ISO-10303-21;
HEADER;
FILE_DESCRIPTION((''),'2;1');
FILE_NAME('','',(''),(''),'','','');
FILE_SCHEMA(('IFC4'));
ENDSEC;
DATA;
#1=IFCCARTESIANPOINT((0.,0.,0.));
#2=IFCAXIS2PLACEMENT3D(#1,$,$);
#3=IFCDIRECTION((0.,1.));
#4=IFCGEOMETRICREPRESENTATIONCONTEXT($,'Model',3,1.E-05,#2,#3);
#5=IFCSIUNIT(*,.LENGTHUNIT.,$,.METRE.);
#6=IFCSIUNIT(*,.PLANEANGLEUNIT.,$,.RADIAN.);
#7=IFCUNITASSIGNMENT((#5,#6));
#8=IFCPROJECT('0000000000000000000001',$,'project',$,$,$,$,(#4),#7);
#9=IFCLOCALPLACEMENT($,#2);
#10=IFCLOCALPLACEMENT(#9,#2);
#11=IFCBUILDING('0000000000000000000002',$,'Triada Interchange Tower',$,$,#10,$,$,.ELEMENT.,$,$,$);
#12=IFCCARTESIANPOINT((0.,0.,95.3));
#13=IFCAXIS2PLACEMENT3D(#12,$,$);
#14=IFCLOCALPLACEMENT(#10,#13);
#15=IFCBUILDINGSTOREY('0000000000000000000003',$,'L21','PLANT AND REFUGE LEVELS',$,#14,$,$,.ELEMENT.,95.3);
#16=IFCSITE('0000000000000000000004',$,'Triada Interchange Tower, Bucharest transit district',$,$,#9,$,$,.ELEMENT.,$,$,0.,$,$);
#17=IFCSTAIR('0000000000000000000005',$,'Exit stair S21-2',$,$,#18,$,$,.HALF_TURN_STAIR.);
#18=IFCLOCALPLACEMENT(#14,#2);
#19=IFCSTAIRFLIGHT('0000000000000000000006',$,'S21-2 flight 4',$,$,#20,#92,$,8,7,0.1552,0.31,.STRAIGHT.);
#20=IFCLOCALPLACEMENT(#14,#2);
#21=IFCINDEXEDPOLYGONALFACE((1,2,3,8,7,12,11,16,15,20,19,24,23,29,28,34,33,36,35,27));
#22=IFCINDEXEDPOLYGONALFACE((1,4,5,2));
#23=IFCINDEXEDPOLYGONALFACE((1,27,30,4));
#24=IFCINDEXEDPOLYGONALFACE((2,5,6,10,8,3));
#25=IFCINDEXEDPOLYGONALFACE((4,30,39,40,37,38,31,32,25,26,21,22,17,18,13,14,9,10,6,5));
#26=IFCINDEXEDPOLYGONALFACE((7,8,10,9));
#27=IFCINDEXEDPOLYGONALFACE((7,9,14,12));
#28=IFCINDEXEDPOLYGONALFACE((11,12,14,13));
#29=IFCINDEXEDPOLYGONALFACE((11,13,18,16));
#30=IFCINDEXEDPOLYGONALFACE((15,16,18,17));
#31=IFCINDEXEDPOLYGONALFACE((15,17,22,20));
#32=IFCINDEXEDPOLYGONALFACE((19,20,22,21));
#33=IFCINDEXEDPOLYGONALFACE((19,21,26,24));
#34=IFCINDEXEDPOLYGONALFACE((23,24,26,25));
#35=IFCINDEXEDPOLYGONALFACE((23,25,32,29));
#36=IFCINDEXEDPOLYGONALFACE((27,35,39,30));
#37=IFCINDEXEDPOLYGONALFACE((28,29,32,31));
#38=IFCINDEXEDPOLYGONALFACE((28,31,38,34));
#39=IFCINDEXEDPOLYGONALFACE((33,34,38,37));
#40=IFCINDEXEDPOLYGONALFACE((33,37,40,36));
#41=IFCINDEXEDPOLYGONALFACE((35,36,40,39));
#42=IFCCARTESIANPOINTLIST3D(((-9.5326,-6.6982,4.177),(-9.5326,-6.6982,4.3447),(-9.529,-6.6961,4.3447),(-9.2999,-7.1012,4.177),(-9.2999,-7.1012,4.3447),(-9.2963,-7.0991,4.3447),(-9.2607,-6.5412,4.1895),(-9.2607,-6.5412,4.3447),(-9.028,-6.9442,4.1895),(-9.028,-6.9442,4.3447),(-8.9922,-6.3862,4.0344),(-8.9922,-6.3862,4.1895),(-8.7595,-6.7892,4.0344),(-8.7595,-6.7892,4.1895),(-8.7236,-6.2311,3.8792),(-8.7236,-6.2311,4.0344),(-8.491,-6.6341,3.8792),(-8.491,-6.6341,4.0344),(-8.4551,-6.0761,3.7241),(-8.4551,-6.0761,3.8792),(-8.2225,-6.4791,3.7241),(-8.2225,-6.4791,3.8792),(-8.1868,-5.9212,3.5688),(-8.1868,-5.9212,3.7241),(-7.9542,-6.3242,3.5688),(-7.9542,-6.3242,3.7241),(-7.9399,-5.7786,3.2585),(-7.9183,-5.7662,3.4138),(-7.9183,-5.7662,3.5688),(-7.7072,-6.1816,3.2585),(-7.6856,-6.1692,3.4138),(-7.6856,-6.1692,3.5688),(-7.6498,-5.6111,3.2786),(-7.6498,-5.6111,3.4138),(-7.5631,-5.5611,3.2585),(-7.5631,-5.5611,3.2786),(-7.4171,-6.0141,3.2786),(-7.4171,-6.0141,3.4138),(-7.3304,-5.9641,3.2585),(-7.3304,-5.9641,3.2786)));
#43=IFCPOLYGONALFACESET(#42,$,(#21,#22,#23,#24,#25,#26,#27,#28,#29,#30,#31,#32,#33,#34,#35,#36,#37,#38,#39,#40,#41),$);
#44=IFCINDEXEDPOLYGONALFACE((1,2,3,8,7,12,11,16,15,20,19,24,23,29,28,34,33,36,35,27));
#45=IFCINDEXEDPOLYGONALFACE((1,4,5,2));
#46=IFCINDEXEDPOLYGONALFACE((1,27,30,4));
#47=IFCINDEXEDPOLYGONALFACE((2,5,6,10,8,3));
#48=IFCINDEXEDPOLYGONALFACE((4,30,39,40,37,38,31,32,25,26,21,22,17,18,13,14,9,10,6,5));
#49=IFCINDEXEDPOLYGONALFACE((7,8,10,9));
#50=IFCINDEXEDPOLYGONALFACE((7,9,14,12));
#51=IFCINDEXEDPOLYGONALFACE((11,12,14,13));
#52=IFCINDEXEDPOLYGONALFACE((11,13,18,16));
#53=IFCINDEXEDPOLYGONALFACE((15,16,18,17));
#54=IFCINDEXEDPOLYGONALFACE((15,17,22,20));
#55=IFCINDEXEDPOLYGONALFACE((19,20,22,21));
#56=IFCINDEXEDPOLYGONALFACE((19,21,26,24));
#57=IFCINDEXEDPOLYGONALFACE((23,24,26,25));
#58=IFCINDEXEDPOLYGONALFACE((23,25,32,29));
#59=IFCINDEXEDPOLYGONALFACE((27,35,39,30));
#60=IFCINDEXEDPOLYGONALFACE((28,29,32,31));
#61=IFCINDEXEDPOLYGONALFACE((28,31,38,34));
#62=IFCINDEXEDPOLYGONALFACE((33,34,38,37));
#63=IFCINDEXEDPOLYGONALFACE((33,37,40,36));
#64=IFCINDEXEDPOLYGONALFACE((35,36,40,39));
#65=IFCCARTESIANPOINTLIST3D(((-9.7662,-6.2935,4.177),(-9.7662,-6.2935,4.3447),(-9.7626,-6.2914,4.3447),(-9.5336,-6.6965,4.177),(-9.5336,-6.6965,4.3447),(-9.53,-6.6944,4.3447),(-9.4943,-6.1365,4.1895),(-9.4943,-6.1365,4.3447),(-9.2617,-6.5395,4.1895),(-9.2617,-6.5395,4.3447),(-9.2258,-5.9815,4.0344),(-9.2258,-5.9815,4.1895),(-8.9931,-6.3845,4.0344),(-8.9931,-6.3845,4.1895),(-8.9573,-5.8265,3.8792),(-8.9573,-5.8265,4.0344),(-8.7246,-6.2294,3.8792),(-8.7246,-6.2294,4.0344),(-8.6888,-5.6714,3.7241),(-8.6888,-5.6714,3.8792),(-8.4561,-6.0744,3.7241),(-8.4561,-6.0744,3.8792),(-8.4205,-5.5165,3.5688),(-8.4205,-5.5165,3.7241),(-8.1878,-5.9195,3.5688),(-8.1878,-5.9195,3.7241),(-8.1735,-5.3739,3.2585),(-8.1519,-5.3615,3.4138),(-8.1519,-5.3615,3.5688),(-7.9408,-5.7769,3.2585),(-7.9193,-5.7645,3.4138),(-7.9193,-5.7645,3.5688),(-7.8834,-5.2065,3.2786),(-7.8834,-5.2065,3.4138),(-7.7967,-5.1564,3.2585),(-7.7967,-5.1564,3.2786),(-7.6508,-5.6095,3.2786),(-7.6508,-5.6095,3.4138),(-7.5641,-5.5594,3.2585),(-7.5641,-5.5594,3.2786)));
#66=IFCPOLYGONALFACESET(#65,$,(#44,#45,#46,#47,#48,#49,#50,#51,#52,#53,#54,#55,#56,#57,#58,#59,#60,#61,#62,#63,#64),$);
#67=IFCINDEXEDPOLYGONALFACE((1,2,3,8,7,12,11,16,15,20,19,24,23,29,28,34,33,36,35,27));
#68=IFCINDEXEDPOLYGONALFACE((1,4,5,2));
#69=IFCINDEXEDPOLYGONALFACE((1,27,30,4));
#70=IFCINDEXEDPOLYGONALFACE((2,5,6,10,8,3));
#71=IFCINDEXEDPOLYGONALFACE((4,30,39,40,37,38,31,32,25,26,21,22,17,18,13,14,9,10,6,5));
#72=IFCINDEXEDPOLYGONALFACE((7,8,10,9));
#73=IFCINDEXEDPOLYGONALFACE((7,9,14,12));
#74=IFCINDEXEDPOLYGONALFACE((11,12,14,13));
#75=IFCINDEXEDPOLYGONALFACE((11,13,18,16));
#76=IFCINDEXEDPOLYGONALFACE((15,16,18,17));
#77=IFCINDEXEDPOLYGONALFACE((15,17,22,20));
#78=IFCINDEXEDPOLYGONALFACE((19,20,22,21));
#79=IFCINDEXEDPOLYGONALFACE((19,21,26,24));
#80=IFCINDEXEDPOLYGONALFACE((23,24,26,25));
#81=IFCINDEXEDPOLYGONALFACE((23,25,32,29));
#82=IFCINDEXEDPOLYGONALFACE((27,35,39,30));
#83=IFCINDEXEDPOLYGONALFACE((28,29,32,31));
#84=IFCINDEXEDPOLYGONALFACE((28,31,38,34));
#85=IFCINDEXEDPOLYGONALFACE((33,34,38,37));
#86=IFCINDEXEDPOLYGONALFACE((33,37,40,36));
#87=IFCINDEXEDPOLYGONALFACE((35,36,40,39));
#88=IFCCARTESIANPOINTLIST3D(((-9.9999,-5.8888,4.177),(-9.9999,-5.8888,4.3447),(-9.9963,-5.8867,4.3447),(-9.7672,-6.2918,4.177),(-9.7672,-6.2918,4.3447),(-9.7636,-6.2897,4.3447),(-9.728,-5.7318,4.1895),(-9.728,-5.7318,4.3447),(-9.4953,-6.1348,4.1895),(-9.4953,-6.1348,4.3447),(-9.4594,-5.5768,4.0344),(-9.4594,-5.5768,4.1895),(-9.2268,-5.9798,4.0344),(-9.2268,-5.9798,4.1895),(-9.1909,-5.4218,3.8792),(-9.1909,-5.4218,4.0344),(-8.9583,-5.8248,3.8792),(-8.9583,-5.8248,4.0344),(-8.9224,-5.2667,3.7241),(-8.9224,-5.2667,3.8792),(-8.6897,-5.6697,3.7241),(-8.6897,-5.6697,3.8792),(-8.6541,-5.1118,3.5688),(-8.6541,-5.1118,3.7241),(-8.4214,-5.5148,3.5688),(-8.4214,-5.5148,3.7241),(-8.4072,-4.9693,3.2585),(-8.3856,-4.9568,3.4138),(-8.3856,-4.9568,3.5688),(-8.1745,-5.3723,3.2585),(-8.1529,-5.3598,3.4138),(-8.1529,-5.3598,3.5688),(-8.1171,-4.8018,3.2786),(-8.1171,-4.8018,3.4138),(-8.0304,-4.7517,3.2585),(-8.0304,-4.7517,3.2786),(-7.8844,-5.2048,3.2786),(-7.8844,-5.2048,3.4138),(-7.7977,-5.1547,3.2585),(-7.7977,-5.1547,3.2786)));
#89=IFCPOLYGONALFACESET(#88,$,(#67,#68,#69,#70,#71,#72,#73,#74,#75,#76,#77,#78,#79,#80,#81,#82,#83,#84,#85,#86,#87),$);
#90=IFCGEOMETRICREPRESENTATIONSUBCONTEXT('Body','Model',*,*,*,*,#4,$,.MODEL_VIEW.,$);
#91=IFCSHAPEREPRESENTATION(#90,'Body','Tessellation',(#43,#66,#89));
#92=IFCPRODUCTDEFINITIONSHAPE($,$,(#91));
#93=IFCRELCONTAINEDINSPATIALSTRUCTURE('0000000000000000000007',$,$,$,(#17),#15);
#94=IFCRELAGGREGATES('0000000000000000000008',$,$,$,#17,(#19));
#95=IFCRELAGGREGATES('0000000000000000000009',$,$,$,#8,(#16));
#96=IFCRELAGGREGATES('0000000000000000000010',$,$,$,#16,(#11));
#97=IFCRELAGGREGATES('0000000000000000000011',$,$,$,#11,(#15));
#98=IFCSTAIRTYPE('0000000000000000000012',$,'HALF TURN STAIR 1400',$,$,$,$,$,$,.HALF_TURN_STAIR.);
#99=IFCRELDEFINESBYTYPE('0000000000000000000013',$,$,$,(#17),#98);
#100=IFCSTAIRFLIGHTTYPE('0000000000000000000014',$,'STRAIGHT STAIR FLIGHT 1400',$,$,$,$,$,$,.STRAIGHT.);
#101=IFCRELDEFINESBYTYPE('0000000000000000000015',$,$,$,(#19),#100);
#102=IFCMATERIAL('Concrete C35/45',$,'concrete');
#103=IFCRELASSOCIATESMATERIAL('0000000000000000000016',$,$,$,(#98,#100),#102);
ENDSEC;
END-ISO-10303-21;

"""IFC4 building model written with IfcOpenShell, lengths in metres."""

from ifc_helpers import new_model, si_unit, direction, frame, origin, place, context, subcontext, project, spatial, polyline, outline, extrude, material, type_object, element, aggregate, save


model = new_model("IFC4")

# Units and contexts
model_context = context("Model", 3, precision=1e-05, world=origin(), true_north=direction((0.0, 1.0)))
body_context = subcontext(model_context, "Body", "Model", "MODEL_VIEW")
ifc_project = project(units=[si_unit("LENGTHUNIT", "METRE"), si_unit("PLANEANGLEUNIT", "RADIAN")], contexts=[model_context])

# Site, building, storey
site_placement = place(None, origin())
site = spatial("IfcSite", under=ifc_project, at=site_placement, Name="Triada Interchange Tower, Bucharest transit district", CompositionType="ELEMENT", RefElevation=0.0)
building_placement = place(site_placement, origin())
building = spatial("IfcBuilding", under=site, at=building_placement, Name="Triada Interchange Tower", CompositionType="ELEMENT")
storey_placement = place(building_placement, frame((0.0, 0.0, 95.3)))
storey = spatial("IfcBuildingStorey", under=building, at=storey_placement, Name="L21", Description="PLANT AND REFUGE LEVELS", CompositionType="ELEMENT", Elevation=95.3)

# Shared definitions
ifc_material_1 = material(Name="Concrete C35/45", Category="concrete")

# Stair, stair flight
stair_type = type_object("IfcStairType", Name="HALF TURN STAIR 1400", PredefinedType="HALF_TURN_STAIR", material=ifc_material_1)
stair_placement = place(storey_placement, origin())
stair = element("IfcStair", 1, at=stair_placement, inside=storey, type_object=stair_type, Name="Exit stair S21-2", PredefinedType="HALF_TURN_STAIR")
stair_flight_type = type_object("IfcStairFlightType", Name="STRAIGHT STAIR FLIGHT 1400", PredefinedType="STRAIGHT", material=ifc_material_1)
stair_flight_1_placement = place(storey_placement, frame((-7.7671, -5.408, 3.2585), z_axis=(0.0, 0.0, 1.0), x_axis=(-0.866025, -0.5, 0.0)))
stair_flight_1 = element("IfcStairFlight", 2, at=stair_flight_1_placement, type_object=stair_flight_type, Name="S21-2 flight 4", NumberOfRisers=8, NumberOfTreads=7, PredefinedType="STRAIGHT", RiserHeight=0.1552, TreadLength=0.31, context=body_context, shape_type="SweptSolid", body=[
    extrude(outline(polyline([(-0.1001, 0.0), (-0.1001, 0.02), (0.0, 0.02), (0.0, 0.1553), (0.3101, 0.1553), (0.3101, 0.3103), (0.6201, 0.3103), (0.6201, 0.4656), (0.9299, 0.4656), (0.9299, 0.6206), (1.24, 0.6206), (1.24, 0.7759), (1.55, 0.7759), (1.55, 0.9309), (1.8601, 0.9309), (1.8601, 1.0862), (2.1699, 1.0862), (2.1741, 1.0862), (2.1741, 1.2415), (2.1741, 0.9185), (0.335, 0.0), (-0.1001, 0.0)])), frame((0.0, 0.7, 0.0), z_axis=(0.0, -1.0, 0.0), x_axis=(1.0, 0.0, 0.0)), (0.0, 0.0, 1.0), 0.4653),
    extrude(outline(polyline([(-0.1001, 0.0), (-0.1001, 0.02), (0.0, 0.02), (0.0, 0.1553), (0.3101, 0.1553), (0.3101, 0.3103), (0.6201, 0.3103), (0.6201, 0.4656), (0.9299, 0.4656), (0.9299, 0.6206), (1.24, 0.6206), (1.24, 0.7759), (1.55, 0.7759), (1.55, 0.9309), (1.8601, 0.9309), (1.8601, 1.0862), (2.1699, 1.0862), (2.1741, 1.0862), (2.1741, 1.2415), (2.1741, 0.9185), (0.335, 0.0), (-0.1001, 0.0)])), frame((0.0, 0.2327, 0.0), z_axis=(0.0, -1.0, 0.0), x_axis=(1.0, 0.0, 0.0)), (0.0, 0.0, 1.0), 0.4653),
    extrude(outline(polyline([(-0.1001, 0.0), (-0.1001, 0.02), (0.0, 0.02), (0.0, 0.1553), (0.3101, 0.1553), (0.3101, 0.3103), (0.6201, 0.3103), (0.6201, 0.4656), (0.9299, 0.4656), (0.9299, 0.6206), (1.24, 0.6206), (1.24, 0.7759), (1.55, 0.7759), (1.55, 0.9309), (1.8601, 0.9309), (1.8601, 1.0862), (2.1699, 1.0862), (2.1741, 1.0862), (2.1741, 1.2415), (2.1741, 0.9185), (0.335, 0.0), (-0.1001, 0.0)])), frame((0.0, -0.2346, 0.0), z_axis=(0.0, -1.0, 0.0), x_axis=(1.0, 0.0, 0.0)), (0.0, 0.0, 1.0), 0.4653),
])
aggregate(stair, [stair_flight_1])

save(model, "model.ifc")
